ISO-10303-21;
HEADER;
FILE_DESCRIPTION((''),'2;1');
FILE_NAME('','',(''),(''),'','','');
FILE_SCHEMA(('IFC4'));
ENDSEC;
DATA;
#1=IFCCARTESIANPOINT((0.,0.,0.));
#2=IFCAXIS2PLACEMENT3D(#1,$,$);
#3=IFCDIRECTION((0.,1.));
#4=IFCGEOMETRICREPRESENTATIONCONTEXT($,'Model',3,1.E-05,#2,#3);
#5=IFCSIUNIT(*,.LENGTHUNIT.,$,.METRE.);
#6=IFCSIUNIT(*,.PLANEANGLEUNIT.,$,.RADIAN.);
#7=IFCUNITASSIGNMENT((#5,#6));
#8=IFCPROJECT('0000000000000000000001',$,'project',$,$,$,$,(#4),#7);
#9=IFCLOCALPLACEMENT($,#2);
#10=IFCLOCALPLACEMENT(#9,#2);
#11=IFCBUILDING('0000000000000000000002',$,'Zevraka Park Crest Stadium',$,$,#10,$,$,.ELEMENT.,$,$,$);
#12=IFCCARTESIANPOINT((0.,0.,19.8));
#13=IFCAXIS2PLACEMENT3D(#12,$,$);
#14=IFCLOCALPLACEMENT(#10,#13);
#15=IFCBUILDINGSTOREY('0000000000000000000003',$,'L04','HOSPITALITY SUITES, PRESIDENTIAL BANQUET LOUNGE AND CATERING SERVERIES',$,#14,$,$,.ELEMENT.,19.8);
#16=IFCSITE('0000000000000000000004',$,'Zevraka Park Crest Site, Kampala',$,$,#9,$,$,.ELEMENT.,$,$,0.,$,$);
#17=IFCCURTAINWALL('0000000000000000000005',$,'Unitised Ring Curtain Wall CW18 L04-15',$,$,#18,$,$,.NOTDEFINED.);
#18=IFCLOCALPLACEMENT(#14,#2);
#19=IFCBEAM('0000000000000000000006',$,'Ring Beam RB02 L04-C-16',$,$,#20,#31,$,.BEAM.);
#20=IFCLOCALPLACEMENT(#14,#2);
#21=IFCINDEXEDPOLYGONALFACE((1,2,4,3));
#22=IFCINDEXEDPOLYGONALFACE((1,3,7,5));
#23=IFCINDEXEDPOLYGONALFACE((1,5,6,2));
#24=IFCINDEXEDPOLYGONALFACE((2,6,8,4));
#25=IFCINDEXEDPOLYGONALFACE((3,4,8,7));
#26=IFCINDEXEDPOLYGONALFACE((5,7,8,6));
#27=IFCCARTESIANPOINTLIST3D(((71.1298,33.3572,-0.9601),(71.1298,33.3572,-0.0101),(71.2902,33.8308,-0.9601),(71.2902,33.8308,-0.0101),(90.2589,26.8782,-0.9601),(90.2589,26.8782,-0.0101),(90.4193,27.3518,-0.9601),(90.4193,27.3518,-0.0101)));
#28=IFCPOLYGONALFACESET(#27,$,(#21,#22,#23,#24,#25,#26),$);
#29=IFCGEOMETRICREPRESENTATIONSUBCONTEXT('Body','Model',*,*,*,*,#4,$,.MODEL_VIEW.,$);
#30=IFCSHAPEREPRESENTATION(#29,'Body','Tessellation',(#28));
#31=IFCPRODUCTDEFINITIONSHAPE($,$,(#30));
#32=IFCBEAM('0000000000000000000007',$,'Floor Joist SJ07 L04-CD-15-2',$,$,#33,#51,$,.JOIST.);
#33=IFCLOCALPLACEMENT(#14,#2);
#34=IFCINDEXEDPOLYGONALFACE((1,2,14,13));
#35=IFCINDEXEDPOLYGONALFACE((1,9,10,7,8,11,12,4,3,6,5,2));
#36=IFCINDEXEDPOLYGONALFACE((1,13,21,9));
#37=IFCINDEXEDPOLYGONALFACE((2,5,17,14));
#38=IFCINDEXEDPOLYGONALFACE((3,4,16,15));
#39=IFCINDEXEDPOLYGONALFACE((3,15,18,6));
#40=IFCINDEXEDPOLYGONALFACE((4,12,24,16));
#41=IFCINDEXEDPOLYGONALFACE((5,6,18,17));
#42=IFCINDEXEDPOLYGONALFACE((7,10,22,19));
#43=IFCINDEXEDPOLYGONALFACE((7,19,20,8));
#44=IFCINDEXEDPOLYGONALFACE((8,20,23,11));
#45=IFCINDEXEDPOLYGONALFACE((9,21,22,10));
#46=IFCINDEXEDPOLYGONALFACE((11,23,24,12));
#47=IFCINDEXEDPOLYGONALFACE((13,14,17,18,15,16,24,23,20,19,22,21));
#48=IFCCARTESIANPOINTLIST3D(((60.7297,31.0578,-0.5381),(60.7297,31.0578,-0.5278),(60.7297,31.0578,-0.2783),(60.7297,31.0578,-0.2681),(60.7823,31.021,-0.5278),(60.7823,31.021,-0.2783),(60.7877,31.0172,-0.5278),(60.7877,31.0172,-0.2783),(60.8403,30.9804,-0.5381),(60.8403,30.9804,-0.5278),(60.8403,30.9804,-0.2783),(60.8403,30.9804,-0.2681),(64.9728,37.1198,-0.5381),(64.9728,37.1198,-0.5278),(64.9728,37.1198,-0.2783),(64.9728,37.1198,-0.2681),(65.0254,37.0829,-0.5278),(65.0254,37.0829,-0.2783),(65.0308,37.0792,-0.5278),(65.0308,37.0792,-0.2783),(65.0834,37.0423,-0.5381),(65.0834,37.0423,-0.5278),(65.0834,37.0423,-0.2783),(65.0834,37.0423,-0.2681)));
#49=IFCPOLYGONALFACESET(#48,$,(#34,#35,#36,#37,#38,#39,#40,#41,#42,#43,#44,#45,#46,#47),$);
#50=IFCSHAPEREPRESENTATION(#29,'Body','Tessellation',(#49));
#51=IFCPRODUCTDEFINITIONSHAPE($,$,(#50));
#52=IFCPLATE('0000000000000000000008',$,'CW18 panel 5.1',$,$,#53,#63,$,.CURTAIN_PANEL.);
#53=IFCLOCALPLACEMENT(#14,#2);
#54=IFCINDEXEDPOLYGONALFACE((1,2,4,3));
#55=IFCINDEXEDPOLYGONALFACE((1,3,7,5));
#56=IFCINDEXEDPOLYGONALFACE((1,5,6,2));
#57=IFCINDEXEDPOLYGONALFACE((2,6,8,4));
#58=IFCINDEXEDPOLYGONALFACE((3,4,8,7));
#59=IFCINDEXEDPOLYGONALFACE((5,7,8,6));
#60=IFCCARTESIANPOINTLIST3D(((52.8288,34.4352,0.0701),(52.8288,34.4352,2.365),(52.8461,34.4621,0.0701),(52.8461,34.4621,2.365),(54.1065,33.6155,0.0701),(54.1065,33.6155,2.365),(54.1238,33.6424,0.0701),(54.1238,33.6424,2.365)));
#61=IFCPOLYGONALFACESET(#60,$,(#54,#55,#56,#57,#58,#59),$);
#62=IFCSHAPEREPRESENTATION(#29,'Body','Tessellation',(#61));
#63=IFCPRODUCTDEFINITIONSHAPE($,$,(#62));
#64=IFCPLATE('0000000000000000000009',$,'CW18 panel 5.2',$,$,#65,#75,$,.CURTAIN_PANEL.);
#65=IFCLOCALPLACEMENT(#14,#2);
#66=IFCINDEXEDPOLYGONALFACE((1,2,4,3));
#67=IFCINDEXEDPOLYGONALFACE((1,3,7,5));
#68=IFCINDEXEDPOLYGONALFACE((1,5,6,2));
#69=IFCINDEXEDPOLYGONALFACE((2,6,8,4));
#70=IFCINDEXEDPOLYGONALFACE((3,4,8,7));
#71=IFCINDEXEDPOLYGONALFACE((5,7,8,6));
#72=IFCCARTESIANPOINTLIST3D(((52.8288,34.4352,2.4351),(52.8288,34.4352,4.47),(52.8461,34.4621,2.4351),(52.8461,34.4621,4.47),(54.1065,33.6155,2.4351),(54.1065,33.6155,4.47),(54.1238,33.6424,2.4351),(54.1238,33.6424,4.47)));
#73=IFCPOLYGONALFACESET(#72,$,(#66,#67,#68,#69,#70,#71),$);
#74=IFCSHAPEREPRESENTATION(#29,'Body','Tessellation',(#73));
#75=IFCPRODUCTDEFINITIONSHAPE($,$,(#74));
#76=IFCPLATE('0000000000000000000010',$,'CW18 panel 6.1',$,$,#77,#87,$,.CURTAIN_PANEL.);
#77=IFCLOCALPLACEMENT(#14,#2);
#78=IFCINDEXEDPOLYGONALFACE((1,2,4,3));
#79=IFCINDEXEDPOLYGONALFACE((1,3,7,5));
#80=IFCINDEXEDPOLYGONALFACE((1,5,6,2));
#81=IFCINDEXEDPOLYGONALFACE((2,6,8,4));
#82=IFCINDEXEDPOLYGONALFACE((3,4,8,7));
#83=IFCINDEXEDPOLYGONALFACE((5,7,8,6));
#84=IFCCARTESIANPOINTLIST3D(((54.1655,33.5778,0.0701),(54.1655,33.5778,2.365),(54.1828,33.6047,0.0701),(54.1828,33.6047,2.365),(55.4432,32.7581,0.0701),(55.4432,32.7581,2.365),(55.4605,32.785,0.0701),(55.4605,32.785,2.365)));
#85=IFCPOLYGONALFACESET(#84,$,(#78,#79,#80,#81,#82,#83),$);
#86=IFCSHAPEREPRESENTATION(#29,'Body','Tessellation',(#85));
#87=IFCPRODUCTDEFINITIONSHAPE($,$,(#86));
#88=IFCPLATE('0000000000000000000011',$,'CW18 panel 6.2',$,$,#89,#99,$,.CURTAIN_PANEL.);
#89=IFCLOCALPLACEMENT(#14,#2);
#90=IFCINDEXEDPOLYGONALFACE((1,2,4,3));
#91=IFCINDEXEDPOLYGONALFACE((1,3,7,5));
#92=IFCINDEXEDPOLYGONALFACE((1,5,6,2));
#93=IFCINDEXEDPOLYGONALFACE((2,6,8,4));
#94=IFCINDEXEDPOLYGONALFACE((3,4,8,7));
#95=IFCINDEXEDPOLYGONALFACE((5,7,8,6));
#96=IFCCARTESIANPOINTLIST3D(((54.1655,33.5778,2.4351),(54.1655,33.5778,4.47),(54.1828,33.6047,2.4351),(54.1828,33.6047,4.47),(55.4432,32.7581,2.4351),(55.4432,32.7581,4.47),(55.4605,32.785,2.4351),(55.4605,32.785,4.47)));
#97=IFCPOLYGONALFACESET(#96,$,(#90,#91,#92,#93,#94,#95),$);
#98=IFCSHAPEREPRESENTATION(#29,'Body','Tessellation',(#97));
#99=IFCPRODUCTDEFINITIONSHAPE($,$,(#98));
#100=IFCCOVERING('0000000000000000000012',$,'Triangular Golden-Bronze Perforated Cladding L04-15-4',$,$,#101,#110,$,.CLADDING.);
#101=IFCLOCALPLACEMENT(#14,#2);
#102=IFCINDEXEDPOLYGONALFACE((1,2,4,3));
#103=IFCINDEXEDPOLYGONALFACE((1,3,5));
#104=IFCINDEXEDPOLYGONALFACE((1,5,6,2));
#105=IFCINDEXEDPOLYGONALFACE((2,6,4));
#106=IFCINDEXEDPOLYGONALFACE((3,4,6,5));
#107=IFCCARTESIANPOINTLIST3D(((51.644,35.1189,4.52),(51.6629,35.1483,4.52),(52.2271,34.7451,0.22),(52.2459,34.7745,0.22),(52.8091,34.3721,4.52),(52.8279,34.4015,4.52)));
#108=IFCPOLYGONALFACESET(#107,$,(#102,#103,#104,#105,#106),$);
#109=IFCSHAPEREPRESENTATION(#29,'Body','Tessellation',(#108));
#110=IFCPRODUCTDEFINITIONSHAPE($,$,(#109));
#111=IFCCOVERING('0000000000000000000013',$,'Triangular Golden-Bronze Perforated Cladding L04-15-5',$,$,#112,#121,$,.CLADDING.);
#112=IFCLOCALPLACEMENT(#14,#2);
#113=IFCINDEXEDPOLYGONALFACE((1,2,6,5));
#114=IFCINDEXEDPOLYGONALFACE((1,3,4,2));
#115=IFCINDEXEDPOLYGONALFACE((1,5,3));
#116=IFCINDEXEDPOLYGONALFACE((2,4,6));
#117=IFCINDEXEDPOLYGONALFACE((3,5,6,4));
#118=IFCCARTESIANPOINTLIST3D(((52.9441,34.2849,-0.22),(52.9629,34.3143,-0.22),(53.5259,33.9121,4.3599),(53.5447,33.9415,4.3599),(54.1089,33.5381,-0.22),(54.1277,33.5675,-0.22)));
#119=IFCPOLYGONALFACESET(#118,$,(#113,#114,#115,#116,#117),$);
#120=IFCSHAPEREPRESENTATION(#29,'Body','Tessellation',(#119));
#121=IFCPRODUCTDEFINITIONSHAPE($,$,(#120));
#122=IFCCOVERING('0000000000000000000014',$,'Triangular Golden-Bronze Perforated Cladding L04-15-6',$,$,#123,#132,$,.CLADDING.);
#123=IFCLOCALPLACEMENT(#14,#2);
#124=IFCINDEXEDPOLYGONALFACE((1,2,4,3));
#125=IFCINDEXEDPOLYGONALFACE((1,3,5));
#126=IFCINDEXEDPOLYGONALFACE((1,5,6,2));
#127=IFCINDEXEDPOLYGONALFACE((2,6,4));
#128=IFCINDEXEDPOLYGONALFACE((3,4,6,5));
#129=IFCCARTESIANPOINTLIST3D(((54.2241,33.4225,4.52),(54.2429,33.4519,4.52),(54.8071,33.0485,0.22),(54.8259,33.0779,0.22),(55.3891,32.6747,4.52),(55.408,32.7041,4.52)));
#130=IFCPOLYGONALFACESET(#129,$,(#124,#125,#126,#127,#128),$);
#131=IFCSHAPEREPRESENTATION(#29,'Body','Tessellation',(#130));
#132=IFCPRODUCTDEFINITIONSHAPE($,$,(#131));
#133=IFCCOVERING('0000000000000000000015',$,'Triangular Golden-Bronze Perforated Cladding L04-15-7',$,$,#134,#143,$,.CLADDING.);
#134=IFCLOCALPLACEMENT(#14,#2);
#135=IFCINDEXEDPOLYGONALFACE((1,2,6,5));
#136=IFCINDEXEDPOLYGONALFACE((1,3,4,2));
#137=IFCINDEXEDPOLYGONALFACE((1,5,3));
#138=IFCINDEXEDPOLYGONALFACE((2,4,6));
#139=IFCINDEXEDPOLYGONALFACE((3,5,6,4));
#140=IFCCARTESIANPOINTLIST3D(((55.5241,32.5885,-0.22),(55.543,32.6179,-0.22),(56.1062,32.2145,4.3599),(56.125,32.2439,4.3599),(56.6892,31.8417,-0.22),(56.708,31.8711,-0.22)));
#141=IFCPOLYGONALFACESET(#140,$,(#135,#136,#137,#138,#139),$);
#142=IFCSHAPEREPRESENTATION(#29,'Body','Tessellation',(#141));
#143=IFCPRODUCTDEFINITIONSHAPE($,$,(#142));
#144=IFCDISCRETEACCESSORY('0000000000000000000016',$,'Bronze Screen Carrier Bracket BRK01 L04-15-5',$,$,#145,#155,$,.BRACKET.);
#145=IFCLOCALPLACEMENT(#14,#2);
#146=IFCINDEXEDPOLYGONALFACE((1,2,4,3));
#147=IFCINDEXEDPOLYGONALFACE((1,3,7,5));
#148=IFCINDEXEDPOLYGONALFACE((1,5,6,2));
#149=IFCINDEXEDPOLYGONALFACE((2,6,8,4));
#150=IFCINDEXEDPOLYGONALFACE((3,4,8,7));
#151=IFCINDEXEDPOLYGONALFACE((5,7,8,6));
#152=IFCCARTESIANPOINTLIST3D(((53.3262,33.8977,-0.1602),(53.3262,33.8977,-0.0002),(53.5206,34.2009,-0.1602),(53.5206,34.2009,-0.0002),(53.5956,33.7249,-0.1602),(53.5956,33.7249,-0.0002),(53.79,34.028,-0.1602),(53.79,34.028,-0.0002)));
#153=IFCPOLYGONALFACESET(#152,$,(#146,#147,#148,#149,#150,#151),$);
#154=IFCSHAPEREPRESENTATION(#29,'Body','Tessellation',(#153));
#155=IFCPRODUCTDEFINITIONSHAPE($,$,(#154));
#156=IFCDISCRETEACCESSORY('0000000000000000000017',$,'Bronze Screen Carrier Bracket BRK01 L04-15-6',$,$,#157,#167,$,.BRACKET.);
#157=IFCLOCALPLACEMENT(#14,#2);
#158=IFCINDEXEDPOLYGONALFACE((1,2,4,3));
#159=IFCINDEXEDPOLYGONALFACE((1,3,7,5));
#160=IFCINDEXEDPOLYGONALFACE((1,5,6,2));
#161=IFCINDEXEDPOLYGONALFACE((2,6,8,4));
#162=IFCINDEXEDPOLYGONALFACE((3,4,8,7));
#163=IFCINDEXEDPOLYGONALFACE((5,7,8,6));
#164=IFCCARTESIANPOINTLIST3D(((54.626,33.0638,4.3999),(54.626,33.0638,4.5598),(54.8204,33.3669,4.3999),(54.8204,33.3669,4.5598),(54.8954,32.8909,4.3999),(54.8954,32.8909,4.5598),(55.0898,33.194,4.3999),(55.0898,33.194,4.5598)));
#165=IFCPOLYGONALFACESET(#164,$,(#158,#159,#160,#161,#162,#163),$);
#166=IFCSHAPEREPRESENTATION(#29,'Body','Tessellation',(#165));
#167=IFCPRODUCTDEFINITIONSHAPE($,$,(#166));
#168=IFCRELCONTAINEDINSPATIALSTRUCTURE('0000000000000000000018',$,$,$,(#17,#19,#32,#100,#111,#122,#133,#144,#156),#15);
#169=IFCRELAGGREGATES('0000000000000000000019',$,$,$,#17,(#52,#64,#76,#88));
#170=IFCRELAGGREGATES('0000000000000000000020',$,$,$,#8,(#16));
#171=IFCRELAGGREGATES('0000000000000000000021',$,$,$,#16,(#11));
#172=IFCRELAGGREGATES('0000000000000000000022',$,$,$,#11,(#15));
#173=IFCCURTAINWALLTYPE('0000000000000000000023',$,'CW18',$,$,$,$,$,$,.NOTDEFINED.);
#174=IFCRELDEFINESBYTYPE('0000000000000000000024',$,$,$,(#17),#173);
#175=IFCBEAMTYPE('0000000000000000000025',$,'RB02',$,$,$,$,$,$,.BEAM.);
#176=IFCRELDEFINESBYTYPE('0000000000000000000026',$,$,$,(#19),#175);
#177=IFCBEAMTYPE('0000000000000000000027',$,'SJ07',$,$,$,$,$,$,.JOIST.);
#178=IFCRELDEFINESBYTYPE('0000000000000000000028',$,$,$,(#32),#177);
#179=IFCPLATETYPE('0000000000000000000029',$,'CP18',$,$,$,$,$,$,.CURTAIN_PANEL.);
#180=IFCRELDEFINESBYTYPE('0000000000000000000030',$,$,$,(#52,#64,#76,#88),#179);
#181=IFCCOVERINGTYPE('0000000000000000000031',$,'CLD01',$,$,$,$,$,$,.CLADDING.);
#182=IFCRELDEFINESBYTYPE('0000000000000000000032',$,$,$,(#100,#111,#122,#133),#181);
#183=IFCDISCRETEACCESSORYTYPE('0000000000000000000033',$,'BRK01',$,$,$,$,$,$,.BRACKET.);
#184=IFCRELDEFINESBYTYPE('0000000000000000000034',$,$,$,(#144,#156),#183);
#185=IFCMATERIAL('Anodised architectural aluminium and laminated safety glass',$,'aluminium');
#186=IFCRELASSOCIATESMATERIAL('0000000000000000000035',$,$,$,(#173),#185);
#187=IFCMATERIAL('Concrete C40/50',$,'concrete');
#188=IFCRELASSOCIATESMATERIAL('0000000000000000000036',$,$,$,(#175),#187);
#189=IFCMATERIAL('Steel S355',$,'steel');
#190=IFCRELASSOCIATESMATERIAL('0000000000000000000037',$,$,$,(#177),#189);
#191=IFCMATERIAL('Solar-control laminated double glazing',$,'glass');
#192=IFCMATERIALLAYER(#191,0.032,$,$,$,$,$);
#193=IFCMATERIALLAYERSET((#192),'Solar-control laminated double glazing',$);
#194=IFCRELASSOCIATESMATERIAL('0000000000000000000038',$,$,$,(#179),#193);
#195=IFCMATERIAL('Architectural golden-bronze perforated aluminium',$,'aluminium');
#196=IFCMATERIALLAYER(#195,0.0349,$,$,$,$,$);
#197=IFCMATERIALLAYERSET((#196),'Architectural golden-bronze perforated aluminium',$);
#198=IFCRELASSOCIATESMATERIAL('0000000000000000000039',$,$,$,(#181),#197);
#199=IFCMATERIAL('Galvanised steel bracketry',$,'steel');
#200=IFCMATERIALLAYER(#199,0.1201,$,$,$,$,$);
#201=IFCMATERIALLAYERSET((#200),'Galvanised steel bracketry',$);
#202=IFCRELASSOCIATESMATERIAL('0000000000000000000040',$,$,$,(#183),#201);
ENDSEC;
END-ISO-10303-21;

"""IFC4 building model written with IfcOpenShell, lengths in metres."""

from ifc_helpers import new_model, si_unit, direction, frame, origin, origin_2d, place, context, subcontext, project, spatial, polyline, rectangle, i_section, outline, extrude, material, layer, layer_set, material_profile, profile_set, type_object, element, aggregate, save


model = new_model("IFC4")

# Units and contexts
model_context = context("Model", 3, precision=1e-05, world=origin(), true_north=direction((0.0, 1.0)))
body_context = subcontext(model_context, "Body", "Model", "MODEL_VIEW")
ifc_project = project(units=[si_unit("LENGTHUNIT", "METRE"), si_unit("PLANEANGLEUNIT", "RADIAN")], contexts=[model_context])

# Site, building, storey
site_placement = place(None, origin())
site = spatial("IfcSite", under=ifc_project, at=site_placement, Name="Zevraka Park Crest Site, Kampala", CompositionType="ELEMENT", RefElevation=0.0)
building_placement = place(site_placement, origin())
building = spatial("IfcBuilding", under=site, at=building_placement, Name="Zevraka Park Crest Stadium", CompositionType="ELEMENT")
storey_placement = place(building_placement, frame((0.0, 0.0, 19.8)))
storey = spatial("IfcBuildingStorey", under=building, at=storey_placement, Name="L04", Description="HOSPITALITY SUITES, PRESIDENTIAL BANQUET LOUNGE AND CATERING SERVERIES", CompositionType="ELEMENT", Elevation=19.8)

# Curtain wall
ifc_material_1 = material(Name="Anodised architectural aluminium and laminated safety glass", Category="aluminium")
curtain_wall_type = type_object("IfcCurtainWallType", Name="CW18", PredefinedType="NOTDEFINED", material=ifc_material_1)
curtain_wall_placement = place(storey_placement, origin())
curtain_wall = element("IfcCurtainWall", 1, at=curtain_wall_placement, inside=storey, type_object=curtain_wall_type, Name="Unitised Ring Curtain Wall CW18 L04-15", PredefinedType="NOTDEFINED")

# Beams
ifc_material_2 = material(Name="Concrete C40/50", Category="concrete")
ifc_material_profile_1 = material_profile(ifc_material_2, rectangle(XDim=0.5, YDim=0.95, at=origin_2d()), Name="RC 950x500")
ifc_profile_set_1 = profile_set([ifc_material_profile_1], Name="Concrete C40/50")
beam_type_1 = type_object("IfcBeamType", Name="RB02", PredefinedType="BEAM", material=ifc_profile_set_1)
beam_1_placement = place(storey_placement, frame((71.21, 33.594, -0.4851), z_axis=(0.947148, -0.320797, 0.0), x_axis=(0.320797, 0.947148, 0.0)))
element("IfcBeam", 2, at=beam_1_placement, inside=storey, type_object=beam_type_1, Name="Ring Beam RB02 L04-C-16", PredefinedType="BEAM", context=body_context, shape_type="SweptSolid", body=[
    extrude(rectangle(XDim=0.5, YDim=0.95, at=origin_2d()), origin(), (0.0, 0.0, 1.0), 20.1965),
])
ifc_material_3 = material(Name="Steel S355", Category="steel")
ifc_material_profile_2 = material_profile(ifc_material_3, i_section(OverallWidth=0.135, OverallDepth=0.27, WebThickness=0.0066, FlangeThickness=0.0103, at=origin_2d()), Name="IPE 270")
ifc_profile_set_2 = profile_set([ifc_material_profile_2], Name="Steel S355")
beam_type_2 = type_object("IfcBeamType", Name="SJ07", PredefinedType="JOIST", material=ifc_profile_set_2)
beam_2_placement = place(storey_placement, frame((65.0281, 37.0811, -0.4031), z_axis=(-0.57344, -0.819247, 0.0), x_axis=(0.819247, -0.57344, 0.0)))
element("IfcBeam", 3, at=beam_2_placement, inside=storey, type_object=beam_type_2, Name="Floor Joist SJ07 L04-CD-15-2", PredefinedType="JOIST", context=body_context, shape_type="SweptSolid", body=[
    extrude(i_section(OverallWidth=0.135, OverallDepth=0.27, WebThickness=0.0066, FlangeThickness=0.0103, at=origin_2d()), origin(), (0.0, 0.0, 1.0), 7.3994),
])

# Plates
ifc_material_4 = material(Name="Solar-control laminated double glazing", Category="glass")
ifc_layer_1 = layer(ifc_material_4, 0.032)
ifc_layer_set_1 = layer_set([ifc_layer_1], Name="Solar-control laminated double glazing")
plate_type = type_object("IfcPlateType", Name="CP18", PredefinedType="CURTAIN_PANEL", material=ifc_layer_set_1)
plate_1_placement = place(storey_placement, frame((53.4763, 34.0388, 0.0701), z_axis=(0.0, 0.0, 1.0), x_axis=(0.841678, -0.53998, 0.0)))
plate_1 = element("IfcPlate", 4, at=plate_1_placement, type_object=plate_type, Name="CW18 panel 5.1", PredefinedType="CURTAIN_PANEL", context=body_context, shape_type="SweptSolid", body=[
    extrude(rectangle(XDim=1.5181, YDim=0.032, at=origin_2d()), origin(), (0.0, 0.0, 1.0), 2.2949),
])
plate_2_placement = place(storey_placement, frame((53.4763, 34.0388, 2.4351), z_axis=(0.0, 0.0, 1.0), x_axis=(0.841678, -0.53998, 0.0)))
plate_2 = element("IfcPlate", 5, at=plate_2_placement, type_object=plate_type, Name="CW18 panel 5.2", PredefinedType="CURTAIN_PANEL", context=body_context, shape_type="SweptSolid", body=[
    extrude(rectangle(XDim=1.5181, YDim=0.032, at=origin_2d()), origin(), (0.0, 0.0, 1.0), 2.0349),
])
plate_3_placement = place(storey_placement, frame((54.813, 33.1814, 0.0701), z_axis=(0.0, 0.0, 1.0), x_axis=(0.841678, -0.53998, 0.0)))
plate_3 = element("IfcPlate", 6, at=plate_3_placement, type_object=plate_type, Name="CW18 panel 6.1", PredefinedType="CURTAIN_PANEL", context=body_context, shape_type="SweptSolid", body=[
    extrude(rectangle(XDim=1.5181, YDim=0.032, at=origin_2d()), origin(), (0.0, 0.0, 1.0), 2.2949),
])
plate_4_placement = place(storey_placement, frame((54.813, 33.1814, 2.4351), z_axis=(0.0, 0.0, 1.0), x_axis=(0.841678, -0.53998, 0.0)))
plate_4 = element("IfcPlate", 7, at=plate_4_placement, type_object=plate_type, Name="CW18 panel 6.2", PredefinedType="CURTAIN_PANEL", context=body_context, shape_type="SweptSolid", body=[
    extrude(rectangle(XDim=1.5181, YDim=0.032, at=origin_2d()), origin(), (0.0, 0.0, 1.0), 2.0349),
])
aggregate(curtain_wall, [plate_1, plate_2, plate_3, plate_4])

# Coverings
ifc_material_5 = material(Name="Architectural golden-bronze perforated aluminium", Category="aluminium")
ifc_layer_2 = layer(ifc_material_5, 0.0349)
ifc_layer_set_2 = layer_set([ifc_layer_2], Name="Architectural golden-bronze perforated aluminium")
covering_type = type_object("IfcCoveringType", Name="CLD01", PredefinedType="CLADDING", material=ifc_layer_set_2)
covering_1_placement = place(storey_placement, frame((52.8091, 34.3721, 4.52), z_axis=(-0.539669, -0.841877, 0.00001), x_axis=(-0.841877, 0.539669, 0.0)))
element("IfcCovering", 8, at=covering_1_placement, inside=storey, type_object=covering_type, Name="Triangular Golden-Bronze Perforated Cladding L04-15-4", PredefinedType="CLADDING", context=body_context, shape_type="SweptSolid", body=[
    extrude(outline(polyline([(0.0, 0.0), (1.3839, 0.0), (0.6913, 4.3), (0.0, 0.0)])), origin(), (0.0, 0.0, -1.0), 0.0349),
])
covering_2_placement = place(storey_placement, frame((52.9441, 34.2849, -0.22), z_axis=(-0.539749, -0.841826, 0.00004), x_axis=(0.841826, -0.539749, 0.0)))
element("IfcCovering", 9, at=covering_2_placement, inside=storey, type_object=covering_type, Name="Triangular Golden-Bronze Perforated Cladding L04-15-5", PredefinedType="CLADDING", context=body_context, shape_type="SweptSolid", body=[
    extrude(outline(polyline([(0.0, 0.0), (1.3837, 0.0), (0.691, 4.5798), (0.0, 0.0)])), origin(), (0.0, 0.0, -1.0), 0.0349),
])
covering_3_placement = place(storey_placement, frame((55.408, 32.7041, 4.52), z_axis=(0.540169, 0.841556, 0.000037), x_axis=(-0.841556, 0.540169, 0.0)))
element("IfcCovering", 10, at=covering_3_placement, inside=storey, type_object=covering_type, Name="Triangular Golden-Bronze Perforated Cladding L04-15-6", PredefinedType="CLADDING", context=body_context, shape_type="SweptSolid", body=[
    extrude(outline(polyline([(0.0, 0.0), (1.3844, 0.0), (0.6917, -4.3), (0.0, 0.0)])), origin(), (0.0, 0.0, -1.0), 0.0349),
])
covering_4_placement = place(storey_placement, frame((55.543, 32.6179, -0.22), z_axis=(0.539669, 0.841877, 0.00017), x_axis=(0.841877, -0.539669, 0.0)))
element("IfcCovering", 11, at=covering_4_placement, inside=storey, type_object=covering_type, Name="Triangular Golden-Bronze Perforated Cladding L04-15-7", PredefinedType="CLADDING", context=body_context, shape_type="SweptSolid", body=[
    extrude(outline(polyline([(0.0, 0.0), (1.3839, 0.0), (0.6918, -4.5798), (0.0, 0.0)])), origin(), (0.0, 0.0, -1.0), 0.0349),
])

# Discrete accessories
ifc_material_6 = material(Name="Galvanised steel bracketry", Category="steel")
ifc_layer_3 = layer(ifc_material_6, 0.1201)
ifc_layer_set_3 = layer_set([ifc_layer_3], Name="Galvanised steel bracketry")
discrete_accessory_type = type_object("IfcDiscreteAccessoryType", Name="BRK01", PredefinedType="BRACKET", material=ifc_layer_set_3)
for number, where, z_axis, x_axis, name in (
    (12, (53.5581, 33.9629, -0.1602), (0.0, 0.0, 1.0), (0.841699, -0.539947, 0.0), "Bronze Screen Carrier Bracket BRK01 L04-15-5"),
    (13, (54.8579, 33.1289, 4.3999), (0.0, 0.0, 1.0), (0.841699, -0.539947, 0.0), "Bronze Screen Carrier Bracket BRK01 L04-15-6"),
):
    element("IfcDiscreteAccessory", number, at=place(storey_placement, frame(where, z_axis=z_axis, x_axis=x_axis)), inside=storey, type_object=discrete_accessory_type, Name=name, PredefinedType="BRACKET", context=body_context, shape_type="SweptSolid", body=[
        extrude(rectangle(XDim=0.3201, YDim=0.3601, at=origin_2d()), origin(), (0.0, 0.0, 1.0), 0.1599),
    ])

save(model, "model.ifc")
